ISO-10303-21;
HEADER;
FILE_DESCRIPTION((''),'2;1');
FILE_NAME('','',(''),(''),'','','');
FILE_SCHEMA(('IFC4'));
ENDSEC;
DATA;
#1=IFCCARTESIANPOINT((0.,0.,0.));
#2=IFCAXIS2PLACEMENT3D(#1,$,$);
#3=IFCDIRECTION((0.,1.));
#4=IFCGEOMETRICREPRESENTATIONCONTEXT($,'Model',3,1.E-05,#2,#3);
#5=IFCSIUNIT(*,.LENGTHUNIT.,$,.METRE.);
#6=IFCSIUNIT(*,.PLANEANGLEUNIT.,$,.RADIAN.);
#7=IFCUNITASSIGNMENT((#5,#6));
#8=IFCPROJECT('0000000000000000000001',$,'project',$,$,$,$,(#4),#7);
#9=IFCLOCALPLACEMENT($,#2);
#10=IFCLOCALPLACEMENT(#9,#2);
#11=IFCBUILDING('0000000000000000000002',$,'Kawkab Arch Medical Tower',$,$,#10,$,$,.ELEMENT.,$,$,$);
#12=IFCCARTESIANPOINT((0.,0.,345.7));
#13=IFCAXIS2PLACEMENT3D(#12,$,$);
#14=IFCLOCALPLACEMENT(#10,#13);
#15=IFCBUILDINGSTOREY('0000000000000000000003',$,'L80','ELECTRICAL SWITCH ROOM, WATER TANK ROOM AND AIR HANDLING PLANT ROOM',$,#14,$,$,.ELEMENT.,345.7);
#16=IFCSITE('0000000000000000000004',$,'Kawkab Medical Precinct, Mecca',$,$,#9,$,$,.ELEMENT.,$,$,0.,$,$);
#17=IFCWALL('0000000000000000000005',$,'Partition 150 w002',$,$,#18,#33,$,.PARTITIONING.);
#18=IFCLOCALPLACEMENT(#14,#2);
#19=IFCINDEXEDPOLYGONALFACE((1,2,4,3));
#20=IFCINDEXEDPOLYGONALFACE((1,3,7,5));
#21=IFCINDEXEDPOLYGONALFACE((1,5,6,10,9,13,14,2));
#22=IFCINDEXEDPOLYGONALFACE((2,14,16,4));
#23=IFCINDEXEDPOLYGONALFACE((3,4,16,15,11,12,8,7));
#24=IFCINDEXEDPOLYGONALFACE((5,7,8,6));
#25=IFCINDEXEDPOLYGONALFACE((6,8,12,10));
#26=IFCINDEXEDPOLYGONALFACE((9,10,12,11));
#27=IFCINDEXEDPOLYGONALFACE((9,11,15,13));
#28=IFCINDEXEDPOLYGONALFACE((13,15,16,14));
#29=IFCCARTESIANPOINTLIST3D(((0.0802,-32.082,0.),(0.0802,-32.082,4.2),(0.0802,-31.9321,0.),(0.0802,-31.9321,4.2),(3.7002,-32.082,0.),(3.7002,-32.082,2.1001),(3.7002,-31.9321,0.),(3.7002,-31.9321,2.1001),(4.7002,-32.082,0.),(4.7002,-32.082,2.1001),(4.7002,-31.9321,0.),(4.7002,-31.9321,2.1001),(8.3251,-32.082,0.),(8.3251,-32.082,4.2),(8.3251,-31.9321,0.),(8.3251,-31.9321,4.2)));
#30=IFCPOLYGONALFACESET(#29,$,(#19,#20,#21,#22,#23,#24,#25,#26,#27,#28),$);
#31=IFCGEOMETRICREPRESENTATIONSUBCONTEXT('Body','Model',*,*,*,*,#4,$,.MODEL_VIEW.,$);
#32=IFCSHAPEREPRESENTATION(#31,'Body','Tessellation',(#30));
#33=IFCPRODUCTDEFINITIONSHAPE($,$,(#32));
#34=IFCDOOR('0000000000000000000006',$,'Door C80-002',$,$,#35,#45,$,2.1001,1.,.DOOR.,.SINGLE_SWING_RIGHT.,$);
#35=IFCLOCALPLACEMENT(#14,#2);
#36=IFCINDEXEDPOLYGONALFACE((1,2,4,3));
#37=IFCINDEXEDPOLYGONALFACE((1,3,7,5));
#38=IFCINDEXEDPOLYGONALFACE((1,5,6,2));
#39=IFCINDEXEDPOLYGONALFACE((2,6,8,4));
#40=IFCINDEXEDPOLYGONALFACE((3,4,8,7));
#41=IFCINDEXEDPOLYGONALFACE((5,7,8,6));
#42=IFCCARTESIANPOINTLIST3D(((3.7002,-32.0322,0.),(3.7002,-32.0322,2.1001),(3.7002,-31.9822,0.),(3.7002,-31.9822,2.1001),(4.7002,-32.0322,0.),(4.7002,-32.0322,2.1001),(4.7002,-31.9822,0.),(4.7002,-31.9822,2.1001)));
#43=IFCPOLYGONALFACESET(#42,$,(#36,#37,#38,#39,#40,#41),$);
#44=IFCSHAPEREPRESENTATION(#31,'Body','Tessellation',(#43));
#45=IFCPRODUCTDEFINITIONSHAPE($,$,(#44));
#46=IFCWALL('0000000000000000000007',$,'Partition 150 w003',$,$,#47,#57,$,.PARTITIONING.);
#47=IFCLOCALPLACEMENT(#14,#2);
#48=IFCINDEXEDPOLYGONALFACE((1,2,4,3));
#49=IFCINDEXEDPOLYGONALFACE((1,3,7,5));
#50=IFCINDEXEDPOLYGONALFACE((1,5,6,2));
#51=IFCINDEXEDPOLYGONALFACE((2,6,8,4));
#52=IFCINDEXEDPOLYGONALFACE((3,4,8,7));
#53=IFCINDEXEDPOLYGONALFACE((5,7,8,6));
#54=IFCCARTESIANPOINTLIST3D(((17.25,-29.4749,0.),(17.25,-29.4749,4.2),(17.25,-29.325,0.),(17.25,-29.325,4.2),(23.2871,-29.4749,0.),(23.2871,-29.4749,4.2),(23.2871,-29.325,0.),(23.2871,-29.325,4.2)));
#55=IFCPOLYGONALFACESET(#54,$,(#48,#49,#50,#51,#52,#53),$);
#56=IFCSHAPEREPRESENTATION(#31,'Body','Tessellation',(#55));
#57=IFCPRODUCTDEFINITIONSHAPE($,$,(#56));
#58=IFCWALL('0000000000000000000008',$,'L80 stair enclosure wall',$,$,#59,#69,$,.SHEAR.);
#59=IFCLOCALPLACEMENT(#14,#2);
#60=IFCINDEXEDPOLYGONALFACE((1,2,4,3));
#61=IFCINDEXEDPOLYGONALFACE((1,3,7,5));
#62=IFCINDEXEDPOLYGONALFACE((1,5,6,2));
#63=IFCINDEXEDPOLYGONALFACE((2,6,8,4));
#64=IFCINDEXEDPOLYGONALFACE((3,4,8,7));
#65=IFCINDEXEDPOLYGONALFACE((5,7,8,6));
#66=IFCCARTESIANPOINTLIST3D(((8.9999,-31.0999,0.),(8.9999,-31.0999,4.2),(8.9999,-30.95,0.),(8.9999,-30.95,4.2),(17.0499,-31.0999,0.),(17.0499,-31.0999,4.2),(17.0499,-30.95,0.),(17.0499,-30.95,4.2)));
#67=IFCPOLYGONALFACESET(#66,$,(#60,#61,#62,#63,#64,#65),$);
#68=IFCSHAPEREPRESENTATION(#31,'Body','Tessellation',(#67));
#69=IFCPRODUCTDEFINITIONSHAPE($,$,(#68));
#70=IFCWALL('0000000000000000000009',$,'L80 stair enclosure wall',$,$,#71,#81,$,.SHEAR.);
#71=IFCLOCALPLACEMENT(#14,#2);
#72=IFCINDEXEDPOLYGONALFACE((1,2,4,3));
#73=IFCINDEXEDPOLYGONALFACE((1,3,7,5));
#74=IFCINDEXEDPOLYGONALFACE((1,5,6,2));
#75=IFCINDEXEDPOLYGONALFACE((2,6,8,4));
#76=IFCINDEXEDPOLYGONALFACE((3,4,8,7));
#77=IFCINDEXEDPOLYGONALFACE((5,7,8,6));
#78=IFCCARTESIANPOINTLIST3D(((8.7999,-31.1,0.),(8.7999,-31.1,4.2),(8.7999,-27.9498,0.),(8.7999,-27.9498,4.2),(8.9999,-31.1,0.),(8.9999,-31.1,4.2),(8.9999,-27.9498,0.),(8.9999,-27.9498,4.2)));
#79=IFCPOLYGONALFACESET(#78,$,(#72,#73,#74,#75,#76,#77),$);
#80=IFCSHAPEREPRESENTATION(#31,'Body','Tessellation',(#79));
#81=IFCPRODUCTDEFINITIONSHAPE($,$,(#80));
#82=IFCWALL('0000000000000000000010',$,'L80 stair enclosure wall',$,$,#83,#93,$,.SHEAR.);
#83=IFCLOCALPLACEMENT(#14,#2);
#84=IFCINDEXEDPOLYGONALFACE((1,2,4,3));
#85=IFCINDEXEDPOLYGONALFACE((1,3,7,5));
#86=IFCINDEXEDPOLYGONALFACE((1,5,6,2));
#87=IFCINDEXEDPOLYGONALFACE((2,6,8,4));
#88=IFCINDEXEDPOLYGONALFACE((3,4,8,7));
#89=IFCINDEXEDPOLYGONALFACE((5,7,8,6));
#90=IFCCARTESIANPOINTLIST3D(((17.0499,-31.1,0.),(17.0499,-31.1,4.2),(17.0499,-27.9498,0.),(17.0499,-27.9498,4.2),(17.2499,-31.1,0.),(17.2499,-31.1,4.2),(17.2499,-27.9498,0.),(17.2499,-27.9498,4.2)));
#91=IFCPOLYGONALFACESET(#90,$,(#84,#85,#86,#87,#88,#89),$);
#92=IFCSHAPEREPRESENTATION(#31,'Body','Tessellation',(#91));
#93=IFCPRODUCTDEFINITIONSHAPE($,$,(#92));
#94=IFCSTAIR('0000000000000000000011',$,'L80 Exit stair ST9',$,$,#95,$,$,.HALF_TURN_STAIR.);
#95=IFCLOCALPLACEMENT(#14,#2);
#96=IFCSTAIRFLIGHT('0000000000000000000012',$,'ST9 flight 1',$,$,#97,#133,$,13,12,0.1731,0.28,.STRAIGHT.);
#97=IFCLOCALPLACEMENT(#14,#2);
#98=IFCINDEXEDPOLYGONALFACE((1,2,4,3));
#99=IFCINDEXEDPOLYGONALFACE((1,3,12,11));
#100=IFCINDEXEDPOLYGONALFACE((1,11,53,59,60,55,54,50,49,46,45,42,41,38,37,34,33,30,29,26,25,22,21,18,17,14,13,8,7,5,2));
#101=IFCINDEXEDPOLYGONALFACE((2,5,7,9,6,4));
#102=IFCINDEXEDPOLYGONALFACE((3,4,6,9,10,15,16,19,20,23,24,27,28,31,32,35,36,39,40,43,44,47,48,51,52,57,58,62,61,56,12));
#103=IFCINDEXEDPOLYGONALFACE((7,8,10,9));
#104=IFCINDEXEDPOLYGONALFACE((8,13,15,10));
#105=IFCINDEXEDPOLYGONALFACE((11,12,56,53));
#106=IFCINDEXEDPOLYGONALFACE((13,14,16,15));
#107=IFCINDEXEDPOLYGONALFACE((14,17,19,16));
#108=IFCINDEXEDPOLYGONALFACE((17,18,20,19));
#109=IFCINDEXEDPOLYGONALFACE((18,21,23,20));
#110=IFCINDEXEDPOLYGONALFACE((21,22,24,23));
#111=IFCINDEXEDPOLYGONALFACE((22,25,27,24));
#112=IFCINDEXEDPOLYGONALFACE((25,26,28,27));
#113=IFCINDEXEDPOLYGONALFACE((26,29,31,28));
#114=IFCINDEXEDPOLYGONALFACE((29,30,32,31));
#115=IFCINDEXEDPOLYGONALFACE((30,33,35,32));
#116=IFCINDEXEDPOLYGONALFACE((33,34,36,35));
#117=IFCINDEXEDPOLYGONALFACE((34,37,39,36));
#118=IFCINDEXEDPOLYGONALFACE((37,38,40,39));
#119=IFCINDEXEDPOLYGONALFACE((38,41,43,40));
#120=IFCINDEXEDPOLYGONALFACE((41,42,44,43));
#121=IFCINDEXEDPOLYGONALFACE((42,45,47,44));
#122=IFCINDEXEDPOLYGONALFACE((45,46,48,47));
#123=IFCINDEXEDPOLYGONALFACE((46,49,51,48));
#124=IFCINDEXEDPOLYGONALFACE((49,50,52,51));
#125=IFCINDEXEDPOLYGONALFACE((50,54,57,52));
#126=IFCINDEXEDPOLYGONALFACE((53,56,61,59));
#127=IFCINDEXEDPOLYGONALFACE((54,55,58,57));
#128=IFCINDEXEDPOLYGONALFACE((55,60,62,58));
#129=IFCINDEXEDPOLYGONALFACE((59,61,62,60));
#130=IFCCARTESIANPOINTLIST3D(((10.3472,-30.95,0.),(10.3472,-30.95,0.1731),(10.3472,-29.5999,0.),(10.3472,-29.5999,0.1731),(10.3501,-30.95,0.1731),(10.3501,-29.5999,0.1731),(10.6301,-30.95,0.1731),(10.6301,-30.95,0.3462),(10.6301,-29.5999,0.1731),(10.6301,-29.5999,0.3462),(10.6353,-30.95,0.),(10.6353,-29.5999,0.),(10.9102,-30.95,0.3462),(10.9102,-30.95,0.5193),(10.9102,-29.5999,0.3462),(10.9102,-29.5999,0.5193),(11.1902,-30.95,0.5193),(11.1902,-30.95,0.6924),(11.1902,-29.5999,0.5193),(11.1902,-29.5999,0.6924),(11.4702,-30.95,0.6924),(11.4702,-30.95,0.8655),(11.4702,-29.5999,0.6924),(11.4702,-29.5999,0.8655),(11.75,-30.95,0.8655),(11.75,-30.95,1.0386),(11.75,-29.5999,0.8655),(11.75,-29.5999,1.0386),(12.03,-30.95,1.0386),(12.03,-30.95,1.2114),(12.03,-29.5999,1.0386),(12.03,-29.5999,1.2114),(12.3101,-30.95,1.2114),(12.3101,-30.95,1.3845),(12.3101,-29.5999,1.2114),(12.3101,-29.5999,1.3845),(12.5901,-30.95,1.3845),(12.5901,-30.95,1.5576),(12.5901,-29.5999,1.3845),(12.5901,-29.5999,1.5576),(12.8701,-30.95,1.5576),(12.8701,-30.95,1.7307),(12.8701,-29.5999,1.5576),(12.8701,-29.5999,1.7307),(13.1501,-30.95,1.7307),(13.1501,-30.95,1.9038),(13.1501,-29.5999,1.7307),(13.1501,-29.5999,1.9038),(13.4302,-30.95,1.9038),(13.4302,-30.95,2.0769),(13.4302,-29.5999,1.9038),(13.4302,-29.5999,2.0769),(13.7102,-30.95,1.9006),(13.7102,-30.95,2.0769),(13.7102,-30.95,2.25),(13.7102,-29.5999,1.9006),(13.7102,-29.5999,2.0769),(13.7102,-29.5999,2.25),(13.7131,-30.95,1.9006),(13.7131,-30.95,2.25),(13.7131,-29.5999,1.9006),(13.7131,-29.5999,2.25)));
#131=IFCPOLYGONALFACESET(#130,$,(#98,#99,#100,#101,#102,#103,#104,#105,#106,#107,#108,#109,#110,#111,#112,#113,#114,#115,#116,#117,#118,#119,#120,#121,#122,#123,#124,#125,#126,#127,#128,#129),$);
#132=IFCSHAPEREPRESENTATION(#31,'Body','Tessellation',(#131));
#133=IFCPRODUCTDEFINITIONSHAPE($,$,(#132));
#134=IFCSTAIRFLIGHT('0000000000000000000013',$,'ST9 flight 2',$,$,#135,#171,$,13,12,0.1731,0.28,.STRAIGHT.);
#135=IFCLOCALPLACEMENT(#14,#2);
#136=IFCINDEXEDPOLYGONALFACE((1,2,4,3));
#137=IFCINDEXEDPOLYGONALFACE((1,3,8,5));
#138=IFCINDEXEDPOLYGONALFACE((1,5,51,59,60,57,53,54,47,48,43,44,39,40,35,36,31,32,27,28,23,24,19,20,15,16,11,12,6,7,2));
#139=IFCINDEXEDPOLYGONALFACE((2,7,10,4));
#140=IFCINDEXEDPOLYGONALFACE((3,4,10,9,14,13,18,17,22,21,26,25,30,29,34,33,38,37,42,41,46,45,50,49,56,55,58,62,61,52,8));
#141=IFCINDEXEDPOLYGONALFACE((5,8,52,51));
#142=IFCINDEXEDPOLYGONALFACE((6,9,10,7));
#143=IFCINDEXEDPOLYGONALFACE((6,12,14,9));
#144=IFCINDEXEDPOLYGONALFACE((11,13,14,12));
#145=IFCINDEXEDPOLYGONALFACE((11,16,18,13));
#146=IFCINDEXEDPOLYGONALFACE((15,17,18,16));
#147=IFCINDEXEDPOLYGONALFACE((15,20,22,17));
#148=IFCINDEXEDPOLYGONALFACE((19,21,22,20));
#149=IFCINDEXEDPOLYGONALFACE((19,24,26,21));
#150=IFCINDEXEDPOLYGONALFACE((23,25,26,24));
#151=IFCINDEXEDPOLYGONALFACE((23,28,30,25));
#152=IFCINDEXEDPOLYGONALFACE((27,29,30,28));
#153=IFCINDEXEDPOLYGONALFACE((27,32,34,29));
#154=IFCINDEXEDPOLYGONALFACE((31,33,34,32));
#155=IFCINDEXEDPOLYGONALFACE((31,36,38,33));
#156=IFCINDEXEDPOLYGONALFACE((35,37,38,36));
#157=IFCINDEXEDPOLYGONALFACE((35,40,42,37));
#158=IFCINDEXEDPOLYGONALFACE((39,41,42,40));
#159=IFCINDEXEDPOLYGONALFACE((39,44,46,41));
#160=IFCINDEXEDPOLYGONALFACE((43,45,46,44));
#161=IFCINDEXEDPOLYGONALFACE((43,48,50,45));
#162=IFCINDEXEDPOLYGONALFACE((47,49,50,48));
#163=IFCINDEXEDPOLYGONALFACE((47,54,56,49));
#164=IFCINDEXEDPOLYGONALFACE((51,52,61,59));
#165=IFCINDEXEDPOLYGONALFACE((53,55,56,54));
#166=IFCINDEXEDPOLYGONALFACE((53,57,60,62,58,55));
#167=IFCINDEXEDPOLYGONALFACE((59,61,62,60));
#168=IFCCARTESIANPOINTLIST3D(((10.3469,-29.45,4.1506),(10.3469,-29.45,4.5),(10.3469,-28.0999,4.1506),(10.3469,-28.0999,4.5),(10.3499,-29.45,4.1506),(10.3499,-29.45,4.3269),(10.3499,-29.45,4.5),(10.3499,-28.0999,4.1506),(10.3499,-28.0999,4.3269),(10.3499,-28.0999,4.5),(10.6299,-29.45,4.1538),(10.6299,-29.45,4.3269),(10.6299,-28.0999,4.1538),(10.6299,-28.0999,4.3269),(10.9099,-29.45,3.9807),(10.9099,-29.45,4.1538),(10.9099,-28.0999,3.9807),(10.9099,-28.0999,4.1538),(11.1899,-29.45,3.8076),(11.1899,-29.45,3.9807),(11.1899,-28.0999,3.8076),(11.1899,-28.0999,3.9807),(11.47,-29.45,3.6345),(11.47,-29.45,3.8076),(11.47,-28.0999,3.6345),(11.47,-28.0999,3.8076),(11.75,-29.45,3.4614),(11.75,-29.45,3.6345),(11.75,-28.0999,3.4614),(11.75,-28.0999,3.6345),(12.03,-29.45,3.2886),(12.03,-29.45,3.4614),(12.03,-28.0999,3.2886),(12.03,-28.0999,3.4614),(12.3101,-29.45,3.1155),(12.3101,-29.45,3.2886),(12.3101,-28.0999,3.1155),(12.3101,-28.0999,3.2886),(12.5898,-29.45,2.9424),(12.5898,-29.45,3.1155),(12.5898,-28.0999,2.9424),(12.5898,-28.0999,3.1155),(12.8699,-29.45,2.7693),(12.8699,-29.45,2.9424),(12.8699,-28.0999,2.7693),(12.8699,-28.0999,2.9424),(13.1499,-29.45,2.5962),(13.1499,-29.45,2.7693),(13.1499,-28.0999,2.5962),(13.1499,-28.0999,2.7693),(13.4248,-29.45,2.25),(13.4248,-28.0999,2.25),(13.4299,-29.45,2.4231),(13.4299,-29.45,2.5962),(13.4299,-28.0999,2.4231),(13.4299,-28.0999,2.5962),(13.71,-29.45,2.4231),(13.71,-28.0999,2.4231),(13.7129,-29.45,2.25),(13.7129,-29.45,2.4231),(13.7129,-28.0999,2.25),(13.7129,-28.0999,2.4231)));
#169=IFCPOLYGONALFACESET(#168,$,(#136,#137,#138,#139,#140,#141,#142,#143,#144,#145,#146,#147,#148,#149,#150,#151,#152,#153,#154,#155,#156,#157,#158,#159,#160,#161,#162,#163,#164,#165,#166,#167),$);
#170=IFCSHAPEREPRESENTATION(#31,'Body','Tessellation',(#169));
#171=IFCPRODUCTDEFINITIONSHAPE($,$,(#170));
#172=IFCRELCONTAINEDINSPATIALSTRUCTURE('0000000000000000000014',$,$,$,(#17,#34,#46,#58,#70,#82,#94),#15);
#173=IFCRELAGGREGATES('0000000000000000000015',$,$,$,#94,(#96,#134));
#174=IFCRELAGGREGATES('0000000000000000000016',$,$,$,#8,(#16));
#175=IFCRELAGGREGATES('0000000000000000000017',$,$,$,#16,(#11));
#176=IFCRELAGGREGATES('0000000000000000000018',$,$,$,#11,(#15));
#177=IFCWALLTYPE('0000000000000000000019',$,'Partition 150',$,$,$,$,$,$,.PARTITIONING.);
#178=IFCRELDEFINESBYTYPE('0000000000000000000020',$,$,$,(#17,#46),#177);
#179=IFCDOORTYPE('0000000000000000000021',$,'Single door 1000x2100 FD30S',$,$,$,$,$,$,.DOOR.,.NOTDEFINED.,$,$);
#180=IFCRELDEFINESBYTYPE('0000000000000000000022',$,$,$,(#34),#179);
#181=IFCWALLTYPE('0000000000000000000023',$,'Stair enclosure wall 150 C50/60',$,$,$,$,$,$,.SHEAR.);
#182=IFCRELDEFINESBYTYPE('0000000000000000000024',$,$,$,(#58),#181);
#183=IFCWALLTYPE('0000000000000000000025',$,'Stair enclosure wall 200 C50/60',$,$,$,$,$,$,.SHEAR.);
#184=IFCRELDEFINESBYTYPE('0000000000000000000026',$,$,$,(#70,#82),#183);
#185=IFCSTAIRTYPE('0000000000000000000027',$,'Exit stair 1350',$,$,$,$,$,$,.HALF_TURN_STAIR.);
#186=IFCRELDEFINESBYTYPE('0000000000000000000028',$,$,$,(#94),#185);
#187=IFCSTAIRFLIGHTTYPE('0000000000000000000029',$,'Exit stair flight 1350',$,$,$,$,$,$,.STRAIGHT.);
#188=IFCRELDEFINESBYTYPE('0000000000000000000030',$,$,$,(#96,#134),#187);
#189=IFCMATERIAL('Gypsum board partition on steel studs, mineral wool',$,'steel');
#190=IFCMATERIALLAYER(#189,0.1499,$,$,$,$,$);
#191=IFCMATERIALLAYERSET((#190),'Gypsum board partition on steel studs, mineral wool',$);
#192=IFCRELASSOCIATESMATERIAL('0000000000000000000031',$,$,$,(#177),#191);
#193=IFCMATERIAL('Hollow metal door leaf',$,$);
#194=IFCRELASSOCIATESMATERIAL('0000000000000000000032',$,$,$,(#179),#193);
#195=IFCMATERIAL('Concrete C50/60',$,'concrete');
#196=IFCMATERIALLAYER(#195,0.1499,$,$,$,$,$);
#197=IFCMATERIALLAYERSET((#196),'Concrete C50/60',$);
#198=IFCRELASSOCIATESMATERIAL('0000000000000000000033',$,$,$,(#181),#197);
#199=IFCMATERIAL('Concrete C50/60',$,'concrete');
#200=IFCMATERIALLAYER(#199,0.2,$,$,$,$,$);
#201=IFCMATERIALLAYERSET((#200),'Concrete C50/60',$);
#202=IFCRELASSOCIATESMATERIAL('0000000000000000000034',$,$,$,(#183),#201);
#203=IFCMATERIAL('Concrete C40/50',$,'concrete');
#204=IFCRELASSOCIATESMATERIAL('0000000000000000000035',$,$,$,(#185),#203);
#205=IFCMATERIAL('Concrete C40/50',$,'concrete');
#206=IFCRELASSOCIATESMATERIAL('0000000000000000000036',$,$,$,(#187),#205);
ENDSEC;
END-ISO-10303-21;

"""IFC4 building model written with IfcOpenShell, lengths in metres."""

from ifc_helpers import new_model, si_unit, direction, frame, frame_2d, origin, place, context, subcontext, project, spatial, polyline, rectangle, outline, extrude, material, layer, layer_set, type_object, element, fill, aggregate, save


model = new_model("IFC4")

# Units and contexts
model_context = context("Model", 3, precision=1e-05, world=origin(), true_north=direction((0.0, 1.0)))
body_context = subcontext(model_context, "Body", "Model", "MODEL_VIEW")
ifc_project = project(units=[si_unit("LENGTHUNIT", "METRE"), si_unit("PLANEANGLEUNIT", "RADIAN")], contexts=[model_context])

# Site, building, storey
site_placement = place(None, origin())
site = spatial("IfcSite", under=ifc_project, at=site_placement, Name="Kawkab Medical Precinct, Mecca", CompositionType="ELEMENT", RefElevation=0.0)
building_placement = place(site_placement, origin())
building = spatial("IfcBuilding", under=site, at=building_placement, Name="Kawkab Arch Medical Tower", CompositionType="ELEMENT")
storey_placement = place(building_placement, frame((0.0, 0.0, 345.7)))
storey = spatial("IfcBuildingStorey", under=building, at=storey_placement, Name="L80", Description="ELECTRICAL SWITCH ROOM, WATER TANK ROOM AND AIR HANDLING PLANT ROOM", CompositionType="ELEMENT", Elevation=345.7)

# Shared definitions
placement = place(storey_placement, origin())

# Shared definitions
ifc_material_1 = material(Name="Gypsum board partition on steel studs, mineral wool", Category="steel")
ifc_layer_1 = layer(ifc_material_1, 0.1499)
ifc_layer_set_1 = layer_set([ifc_layer_1], Name="Gypsum board partition on steel studs, mineral wool")
wall_type_1 = type_object("IfcWallType", Name="Partition 150", PredefinedType="PARTITIONING", material=ifc_layer_set_1)

# Wall, opening, door
wall_1_placement = place(storey_placement, frame((0.0801, -32.0071, 0.0), z_axis=(0.0, 0.0, 1.0), x_axis=(1.0, 0.0, 0.0)))
wall_1 = element("IfcWall", 1, at=wall_1_placement, inside=storey, type_object=wall_type_1, Name="Partition 150 w002", PredefinedType="PARTITIONING", context=body_context, shape_type="SweptSolid", body=[
    extrude(rectangle(XDim=8.2449, YDim=0.1499, at=frame_2d((4.1226, 0.0))), origin(), (0.0, 0.0, 1.0), 4.2),
])
opening_placement = place(wall_1_placement, frame((3.6201, 0.0, 0.0)))
opening = element("IfcOpeningElement", 2, at=opening_placement, cuts=wall_1, PredefinedType="OPENING", context=body_context, shape_type="SweptSolid", body=[
    extrude(rectangle(XDim=1.0, YDim=2.1001, at=frame_2d((0.5, 1.05))), frame((0.0, 0.085, 0.0), z_axis=(0.0, -1.0, 0.0), x_axis=(1.0, 0.0, 0.0)), (0.0, 0.0, 1.0), 0.1699),
])
ifc_material_2 = material(Name="Hollow metal door leaf")
door_type = type_object("IfcDoorType", Name="Single door 1000x2100 FD30S", OperationType="NOTDEFINED", PredefinedType="DOOR", material=ifc_material_2)
door_placement = place(opening_placement, origin())
door = element("IfcDoor", 3, at=door_placement, inside=storey, type_object=door_type, Name="Door C80-002", OperationType="SINGLE_SWING_RIGHT", OverallHeight=2.1001, OverallWidth=1.0, PredefinedType="DOOR", context=body_context, shape_type="SweptSolid", body=[
    extrude(rectangle(XDim=1.0, YDim=2.1001, at=frame_2d((0.5, 1.05))), frame((0.0, 0.0249, 0.0), z_axis=(0.0, -1.0, 0.0), x_axis=(1.0, 0.0, 0.0)), (0.0, 0.0, 1.0), 0.05),
])
fill(opening, door)

# Walls
wall_2_placement = place(storey_placement, frame((17.25, -29.3999, 0.0), z_axis=(0.0, 0.0, 1.0), x_axis=(1.0, 0.0, 0.0)))
element("IfcWall", 4, at=wall_2_placement, inside=storey, type_object=wall_type_1, Name="Partition 150 w003", PredefinedType="PARTITIONING", context=body_context, shape_type="SweptSolid", body=[
    extrude(rectangle(XDim=6.0371, YDim=0.1499, at=frame_2d((3.0186, 0.0))), origin(), (0.0, 0.0, 1.0), 4.2),
])
ifc_material_3 = material(Name="Concrete C50/60", Category="concrete")
ifc_layer_2 = layer(ifc_material_3, 0.1499)
ifc_layer_set_2 = layer_set([ifc_layer_2], Name="Concrete C50/60")
wall_type_2 = type_object("IfcWallType", Name="Stair enclosure wall 150 C50/60", PredefinedType="SHEAR", material=ifc_layer_set_2)
wall_3_placement = place(storey_placement, frame((9.0, -31.0249, 0.0), z_axis=(0.0, 0.0, 1.0), x_axis=(1.0, 0.0, 0.0)))
element("IfcWall", 5, at=wall_3_placement, inside=storey, type_object=wall_type_2, Name="L80 stair enclosure wall", PredefinedType="SHEAR", context=body_context, shape_type="SweptSolid", body=[
    extrude(rectangle(XDim=8.05, YDim=0.1499, at=frame_2d((4.0249, 0.0))), origin(), (0.0, 0.0, 1.0), 4.2),
])
ifc_material_4 = material(Name="Concrete C50/60", Category="concrete")
ifc_layer_3 = layer(ifc_material_4, 0.2)
ifc_layer_set_3 = layer_set([ifc_layer_3], Name="Concrete C50/60")
wall_type_3 = type_object("IfcWallType", Name="Stair enclosure wall 200 C50/60", PredefinedType="SHEAR", material=ifc_layer_set_3)
for number, where, z_axis, x_axis, name in (
    (6, (8.8999, -31.1001, 0.0), (0.0, 0.0, 1.0), (0.0, 1.0, 0.0), "L80 stair enclosure wall"),
    (7, (17.1499, -31.1001, 0.0), (0.0, 0.0, 1.0), (0.0, 1.0, 0.0), "L80 stair enclosure wall"),
):
    element("IfcWall", number, at=place(storey_placement, frame(where, z_axis=z_axis, x_axis=x_axis)), inside=storey, type_object=wall_type_3, Name=name, PredefinedType="SHEAR", context=body_context, shape_type="SweptSolid", body=[
        extrude(rectangle(XDim=3.1501, YDim=0.2, at=frame_2d((1.5752, 0.0))), origin(), (0.0, 0.0, 1.0), 4.2),
    ])

# Stair, stair flights
ifc_material_5 = material(Name="Concrete C40/50", Category="concrete")
stair_type = type_object("IfcStairType", Name="Exit stair 1350", PredefinedType="HALF_TURN_STAIR", material=ifc_material_5)
stair = element("IfcStair", 8, at=placement, inside=storey, type_object=stair_type, Name="L80 Exit stair ST9", PredefinedType="HALF_TURN_STAIR")
ifc_material_6 = material(Name="Concrete C40/50", Category="concrete")
stair_flight_type = type_object("IfcStairFlightType", Name="Exit stair flight 1350", PredefinedType="STRAIGHT", material=ifc_material_6)
stair_flight_1_placement = place(storey_placement, frame((10.3501, -30.2749, 0.0), z_axis=(0.0, 0.0, 1.0), x_axis=(1.0, 0.0, 0.0)))
stair_flight_1 = element("IfcStairFlight", 9, at=stair_flight_1_placement, type_object=stair_flight_type, Name="ST9 flight 1", NumberOfRisers=13, NumberOfTreads=12, PredefinedType="STRAIGHT", RiserHeight=0.1731, TreadLength=0.28, context=body_context, shape_type="SweptSolid", body=[
    extrude(outline(polyline([(-0.0029, 0.0), (-0.0029, 0.1731), (0.0, 0.1731), (0.28, 0.1731), (0.28, 0.3462), (0.5601, 0.3462), (0.5601, 0.5193), (0.8401, 0.5193), (0.8401, 0.6924), (1.1201, 0.6924), (1.1201, 0.8655), (1.3999, 0.8655), (1.3999, 1.0386), (1.6799, 1.0386), (1.6799, 1.2114), (1.96, 1.2114), (1.96, 1.3845), (2.24, 1.3845), (2.24, 1.5576), (2.52, 1.5576), (2.52, 1.7307), (2.8, 1.7307), (2.8, 1.9038), (3.0801, 1.9038), (3.0801, 2.0769), (3.3601, 2.0769), (3.3601, 2.25), (3.363, 2.25), (3.363, 1.9006), (3.3601, 1.9006), (0.2852, 0.0), (-0.0029, 0.0)])), frame((0.0, 0.675, 0.0), z_axis=(0.0, -1.0, 0.0), x_axis=(1.0, 0.0, 0.0)), (0.0, 0.0, 1.0), 1.3501),
])
stair_flight_2_placement = place(storey_placement, frame((13.71, -28.7749, 2.25), z_axis=(0.0, 0.0, 1.0), x_axis=(-1.0, 0.0, 0.0)))
stair_flight_2 = element("IfcStairFlight", 10, at=stair_flight_2_placement, type_object=stair_flight_type, Name="ST9 flight 2", NumberOfRisers=13, NumberOfTreads=12, PredefinedType="STRAIGHT", RiserHeight=0.1731, TreadLength=0.28, context=body_context, shape_type="SweptSolid", body=[
    extrude(outline(polyline([(-0.0029, 0.0), (-0.0029, 0.1731), (0.0, 0.1731), (0.28, 0.1731), (0.28, 0.3462), (0.5601, 0.3462), (0.5601, 0.5193), (0.8401, 0.5193), (0.8401, 0.6924), (1.1201, 0.6924), (1.1201, 0.8655), (1.3999, 0.8655), (1.3999, 1.0386), (1.6799, 1.0386), (1.6799, 1.2114), (1.96, 1.2114), (1.96, 1.3845), (2.24, 1.3845), (2.24, 1.5576), (2.52, 1.5576), (2.52, 1.7307), (2.8, 1.7307), (2.8, 1.9038), (3.0801, 1.9038), (3.0801, 2.0769), (3.3601, 2.0769), (3.3601, 2.25), (3.363, 2.25), (3.363, 1.9006), (3.3601, 1.9006), (0.2852, 0.0), (-0.0029, 0.0)])), frame((0.0, 0.675, 0.0), z_axis=(0.0, -1.0, 0.0), x_axis=(1.0, 0.0, 0.0)), (0.0, 0.0, 1.0), 1.3501),
])
aggregate(stair, [stair_flight_1, stair_flight_2])

save(model, "model.ifc")
